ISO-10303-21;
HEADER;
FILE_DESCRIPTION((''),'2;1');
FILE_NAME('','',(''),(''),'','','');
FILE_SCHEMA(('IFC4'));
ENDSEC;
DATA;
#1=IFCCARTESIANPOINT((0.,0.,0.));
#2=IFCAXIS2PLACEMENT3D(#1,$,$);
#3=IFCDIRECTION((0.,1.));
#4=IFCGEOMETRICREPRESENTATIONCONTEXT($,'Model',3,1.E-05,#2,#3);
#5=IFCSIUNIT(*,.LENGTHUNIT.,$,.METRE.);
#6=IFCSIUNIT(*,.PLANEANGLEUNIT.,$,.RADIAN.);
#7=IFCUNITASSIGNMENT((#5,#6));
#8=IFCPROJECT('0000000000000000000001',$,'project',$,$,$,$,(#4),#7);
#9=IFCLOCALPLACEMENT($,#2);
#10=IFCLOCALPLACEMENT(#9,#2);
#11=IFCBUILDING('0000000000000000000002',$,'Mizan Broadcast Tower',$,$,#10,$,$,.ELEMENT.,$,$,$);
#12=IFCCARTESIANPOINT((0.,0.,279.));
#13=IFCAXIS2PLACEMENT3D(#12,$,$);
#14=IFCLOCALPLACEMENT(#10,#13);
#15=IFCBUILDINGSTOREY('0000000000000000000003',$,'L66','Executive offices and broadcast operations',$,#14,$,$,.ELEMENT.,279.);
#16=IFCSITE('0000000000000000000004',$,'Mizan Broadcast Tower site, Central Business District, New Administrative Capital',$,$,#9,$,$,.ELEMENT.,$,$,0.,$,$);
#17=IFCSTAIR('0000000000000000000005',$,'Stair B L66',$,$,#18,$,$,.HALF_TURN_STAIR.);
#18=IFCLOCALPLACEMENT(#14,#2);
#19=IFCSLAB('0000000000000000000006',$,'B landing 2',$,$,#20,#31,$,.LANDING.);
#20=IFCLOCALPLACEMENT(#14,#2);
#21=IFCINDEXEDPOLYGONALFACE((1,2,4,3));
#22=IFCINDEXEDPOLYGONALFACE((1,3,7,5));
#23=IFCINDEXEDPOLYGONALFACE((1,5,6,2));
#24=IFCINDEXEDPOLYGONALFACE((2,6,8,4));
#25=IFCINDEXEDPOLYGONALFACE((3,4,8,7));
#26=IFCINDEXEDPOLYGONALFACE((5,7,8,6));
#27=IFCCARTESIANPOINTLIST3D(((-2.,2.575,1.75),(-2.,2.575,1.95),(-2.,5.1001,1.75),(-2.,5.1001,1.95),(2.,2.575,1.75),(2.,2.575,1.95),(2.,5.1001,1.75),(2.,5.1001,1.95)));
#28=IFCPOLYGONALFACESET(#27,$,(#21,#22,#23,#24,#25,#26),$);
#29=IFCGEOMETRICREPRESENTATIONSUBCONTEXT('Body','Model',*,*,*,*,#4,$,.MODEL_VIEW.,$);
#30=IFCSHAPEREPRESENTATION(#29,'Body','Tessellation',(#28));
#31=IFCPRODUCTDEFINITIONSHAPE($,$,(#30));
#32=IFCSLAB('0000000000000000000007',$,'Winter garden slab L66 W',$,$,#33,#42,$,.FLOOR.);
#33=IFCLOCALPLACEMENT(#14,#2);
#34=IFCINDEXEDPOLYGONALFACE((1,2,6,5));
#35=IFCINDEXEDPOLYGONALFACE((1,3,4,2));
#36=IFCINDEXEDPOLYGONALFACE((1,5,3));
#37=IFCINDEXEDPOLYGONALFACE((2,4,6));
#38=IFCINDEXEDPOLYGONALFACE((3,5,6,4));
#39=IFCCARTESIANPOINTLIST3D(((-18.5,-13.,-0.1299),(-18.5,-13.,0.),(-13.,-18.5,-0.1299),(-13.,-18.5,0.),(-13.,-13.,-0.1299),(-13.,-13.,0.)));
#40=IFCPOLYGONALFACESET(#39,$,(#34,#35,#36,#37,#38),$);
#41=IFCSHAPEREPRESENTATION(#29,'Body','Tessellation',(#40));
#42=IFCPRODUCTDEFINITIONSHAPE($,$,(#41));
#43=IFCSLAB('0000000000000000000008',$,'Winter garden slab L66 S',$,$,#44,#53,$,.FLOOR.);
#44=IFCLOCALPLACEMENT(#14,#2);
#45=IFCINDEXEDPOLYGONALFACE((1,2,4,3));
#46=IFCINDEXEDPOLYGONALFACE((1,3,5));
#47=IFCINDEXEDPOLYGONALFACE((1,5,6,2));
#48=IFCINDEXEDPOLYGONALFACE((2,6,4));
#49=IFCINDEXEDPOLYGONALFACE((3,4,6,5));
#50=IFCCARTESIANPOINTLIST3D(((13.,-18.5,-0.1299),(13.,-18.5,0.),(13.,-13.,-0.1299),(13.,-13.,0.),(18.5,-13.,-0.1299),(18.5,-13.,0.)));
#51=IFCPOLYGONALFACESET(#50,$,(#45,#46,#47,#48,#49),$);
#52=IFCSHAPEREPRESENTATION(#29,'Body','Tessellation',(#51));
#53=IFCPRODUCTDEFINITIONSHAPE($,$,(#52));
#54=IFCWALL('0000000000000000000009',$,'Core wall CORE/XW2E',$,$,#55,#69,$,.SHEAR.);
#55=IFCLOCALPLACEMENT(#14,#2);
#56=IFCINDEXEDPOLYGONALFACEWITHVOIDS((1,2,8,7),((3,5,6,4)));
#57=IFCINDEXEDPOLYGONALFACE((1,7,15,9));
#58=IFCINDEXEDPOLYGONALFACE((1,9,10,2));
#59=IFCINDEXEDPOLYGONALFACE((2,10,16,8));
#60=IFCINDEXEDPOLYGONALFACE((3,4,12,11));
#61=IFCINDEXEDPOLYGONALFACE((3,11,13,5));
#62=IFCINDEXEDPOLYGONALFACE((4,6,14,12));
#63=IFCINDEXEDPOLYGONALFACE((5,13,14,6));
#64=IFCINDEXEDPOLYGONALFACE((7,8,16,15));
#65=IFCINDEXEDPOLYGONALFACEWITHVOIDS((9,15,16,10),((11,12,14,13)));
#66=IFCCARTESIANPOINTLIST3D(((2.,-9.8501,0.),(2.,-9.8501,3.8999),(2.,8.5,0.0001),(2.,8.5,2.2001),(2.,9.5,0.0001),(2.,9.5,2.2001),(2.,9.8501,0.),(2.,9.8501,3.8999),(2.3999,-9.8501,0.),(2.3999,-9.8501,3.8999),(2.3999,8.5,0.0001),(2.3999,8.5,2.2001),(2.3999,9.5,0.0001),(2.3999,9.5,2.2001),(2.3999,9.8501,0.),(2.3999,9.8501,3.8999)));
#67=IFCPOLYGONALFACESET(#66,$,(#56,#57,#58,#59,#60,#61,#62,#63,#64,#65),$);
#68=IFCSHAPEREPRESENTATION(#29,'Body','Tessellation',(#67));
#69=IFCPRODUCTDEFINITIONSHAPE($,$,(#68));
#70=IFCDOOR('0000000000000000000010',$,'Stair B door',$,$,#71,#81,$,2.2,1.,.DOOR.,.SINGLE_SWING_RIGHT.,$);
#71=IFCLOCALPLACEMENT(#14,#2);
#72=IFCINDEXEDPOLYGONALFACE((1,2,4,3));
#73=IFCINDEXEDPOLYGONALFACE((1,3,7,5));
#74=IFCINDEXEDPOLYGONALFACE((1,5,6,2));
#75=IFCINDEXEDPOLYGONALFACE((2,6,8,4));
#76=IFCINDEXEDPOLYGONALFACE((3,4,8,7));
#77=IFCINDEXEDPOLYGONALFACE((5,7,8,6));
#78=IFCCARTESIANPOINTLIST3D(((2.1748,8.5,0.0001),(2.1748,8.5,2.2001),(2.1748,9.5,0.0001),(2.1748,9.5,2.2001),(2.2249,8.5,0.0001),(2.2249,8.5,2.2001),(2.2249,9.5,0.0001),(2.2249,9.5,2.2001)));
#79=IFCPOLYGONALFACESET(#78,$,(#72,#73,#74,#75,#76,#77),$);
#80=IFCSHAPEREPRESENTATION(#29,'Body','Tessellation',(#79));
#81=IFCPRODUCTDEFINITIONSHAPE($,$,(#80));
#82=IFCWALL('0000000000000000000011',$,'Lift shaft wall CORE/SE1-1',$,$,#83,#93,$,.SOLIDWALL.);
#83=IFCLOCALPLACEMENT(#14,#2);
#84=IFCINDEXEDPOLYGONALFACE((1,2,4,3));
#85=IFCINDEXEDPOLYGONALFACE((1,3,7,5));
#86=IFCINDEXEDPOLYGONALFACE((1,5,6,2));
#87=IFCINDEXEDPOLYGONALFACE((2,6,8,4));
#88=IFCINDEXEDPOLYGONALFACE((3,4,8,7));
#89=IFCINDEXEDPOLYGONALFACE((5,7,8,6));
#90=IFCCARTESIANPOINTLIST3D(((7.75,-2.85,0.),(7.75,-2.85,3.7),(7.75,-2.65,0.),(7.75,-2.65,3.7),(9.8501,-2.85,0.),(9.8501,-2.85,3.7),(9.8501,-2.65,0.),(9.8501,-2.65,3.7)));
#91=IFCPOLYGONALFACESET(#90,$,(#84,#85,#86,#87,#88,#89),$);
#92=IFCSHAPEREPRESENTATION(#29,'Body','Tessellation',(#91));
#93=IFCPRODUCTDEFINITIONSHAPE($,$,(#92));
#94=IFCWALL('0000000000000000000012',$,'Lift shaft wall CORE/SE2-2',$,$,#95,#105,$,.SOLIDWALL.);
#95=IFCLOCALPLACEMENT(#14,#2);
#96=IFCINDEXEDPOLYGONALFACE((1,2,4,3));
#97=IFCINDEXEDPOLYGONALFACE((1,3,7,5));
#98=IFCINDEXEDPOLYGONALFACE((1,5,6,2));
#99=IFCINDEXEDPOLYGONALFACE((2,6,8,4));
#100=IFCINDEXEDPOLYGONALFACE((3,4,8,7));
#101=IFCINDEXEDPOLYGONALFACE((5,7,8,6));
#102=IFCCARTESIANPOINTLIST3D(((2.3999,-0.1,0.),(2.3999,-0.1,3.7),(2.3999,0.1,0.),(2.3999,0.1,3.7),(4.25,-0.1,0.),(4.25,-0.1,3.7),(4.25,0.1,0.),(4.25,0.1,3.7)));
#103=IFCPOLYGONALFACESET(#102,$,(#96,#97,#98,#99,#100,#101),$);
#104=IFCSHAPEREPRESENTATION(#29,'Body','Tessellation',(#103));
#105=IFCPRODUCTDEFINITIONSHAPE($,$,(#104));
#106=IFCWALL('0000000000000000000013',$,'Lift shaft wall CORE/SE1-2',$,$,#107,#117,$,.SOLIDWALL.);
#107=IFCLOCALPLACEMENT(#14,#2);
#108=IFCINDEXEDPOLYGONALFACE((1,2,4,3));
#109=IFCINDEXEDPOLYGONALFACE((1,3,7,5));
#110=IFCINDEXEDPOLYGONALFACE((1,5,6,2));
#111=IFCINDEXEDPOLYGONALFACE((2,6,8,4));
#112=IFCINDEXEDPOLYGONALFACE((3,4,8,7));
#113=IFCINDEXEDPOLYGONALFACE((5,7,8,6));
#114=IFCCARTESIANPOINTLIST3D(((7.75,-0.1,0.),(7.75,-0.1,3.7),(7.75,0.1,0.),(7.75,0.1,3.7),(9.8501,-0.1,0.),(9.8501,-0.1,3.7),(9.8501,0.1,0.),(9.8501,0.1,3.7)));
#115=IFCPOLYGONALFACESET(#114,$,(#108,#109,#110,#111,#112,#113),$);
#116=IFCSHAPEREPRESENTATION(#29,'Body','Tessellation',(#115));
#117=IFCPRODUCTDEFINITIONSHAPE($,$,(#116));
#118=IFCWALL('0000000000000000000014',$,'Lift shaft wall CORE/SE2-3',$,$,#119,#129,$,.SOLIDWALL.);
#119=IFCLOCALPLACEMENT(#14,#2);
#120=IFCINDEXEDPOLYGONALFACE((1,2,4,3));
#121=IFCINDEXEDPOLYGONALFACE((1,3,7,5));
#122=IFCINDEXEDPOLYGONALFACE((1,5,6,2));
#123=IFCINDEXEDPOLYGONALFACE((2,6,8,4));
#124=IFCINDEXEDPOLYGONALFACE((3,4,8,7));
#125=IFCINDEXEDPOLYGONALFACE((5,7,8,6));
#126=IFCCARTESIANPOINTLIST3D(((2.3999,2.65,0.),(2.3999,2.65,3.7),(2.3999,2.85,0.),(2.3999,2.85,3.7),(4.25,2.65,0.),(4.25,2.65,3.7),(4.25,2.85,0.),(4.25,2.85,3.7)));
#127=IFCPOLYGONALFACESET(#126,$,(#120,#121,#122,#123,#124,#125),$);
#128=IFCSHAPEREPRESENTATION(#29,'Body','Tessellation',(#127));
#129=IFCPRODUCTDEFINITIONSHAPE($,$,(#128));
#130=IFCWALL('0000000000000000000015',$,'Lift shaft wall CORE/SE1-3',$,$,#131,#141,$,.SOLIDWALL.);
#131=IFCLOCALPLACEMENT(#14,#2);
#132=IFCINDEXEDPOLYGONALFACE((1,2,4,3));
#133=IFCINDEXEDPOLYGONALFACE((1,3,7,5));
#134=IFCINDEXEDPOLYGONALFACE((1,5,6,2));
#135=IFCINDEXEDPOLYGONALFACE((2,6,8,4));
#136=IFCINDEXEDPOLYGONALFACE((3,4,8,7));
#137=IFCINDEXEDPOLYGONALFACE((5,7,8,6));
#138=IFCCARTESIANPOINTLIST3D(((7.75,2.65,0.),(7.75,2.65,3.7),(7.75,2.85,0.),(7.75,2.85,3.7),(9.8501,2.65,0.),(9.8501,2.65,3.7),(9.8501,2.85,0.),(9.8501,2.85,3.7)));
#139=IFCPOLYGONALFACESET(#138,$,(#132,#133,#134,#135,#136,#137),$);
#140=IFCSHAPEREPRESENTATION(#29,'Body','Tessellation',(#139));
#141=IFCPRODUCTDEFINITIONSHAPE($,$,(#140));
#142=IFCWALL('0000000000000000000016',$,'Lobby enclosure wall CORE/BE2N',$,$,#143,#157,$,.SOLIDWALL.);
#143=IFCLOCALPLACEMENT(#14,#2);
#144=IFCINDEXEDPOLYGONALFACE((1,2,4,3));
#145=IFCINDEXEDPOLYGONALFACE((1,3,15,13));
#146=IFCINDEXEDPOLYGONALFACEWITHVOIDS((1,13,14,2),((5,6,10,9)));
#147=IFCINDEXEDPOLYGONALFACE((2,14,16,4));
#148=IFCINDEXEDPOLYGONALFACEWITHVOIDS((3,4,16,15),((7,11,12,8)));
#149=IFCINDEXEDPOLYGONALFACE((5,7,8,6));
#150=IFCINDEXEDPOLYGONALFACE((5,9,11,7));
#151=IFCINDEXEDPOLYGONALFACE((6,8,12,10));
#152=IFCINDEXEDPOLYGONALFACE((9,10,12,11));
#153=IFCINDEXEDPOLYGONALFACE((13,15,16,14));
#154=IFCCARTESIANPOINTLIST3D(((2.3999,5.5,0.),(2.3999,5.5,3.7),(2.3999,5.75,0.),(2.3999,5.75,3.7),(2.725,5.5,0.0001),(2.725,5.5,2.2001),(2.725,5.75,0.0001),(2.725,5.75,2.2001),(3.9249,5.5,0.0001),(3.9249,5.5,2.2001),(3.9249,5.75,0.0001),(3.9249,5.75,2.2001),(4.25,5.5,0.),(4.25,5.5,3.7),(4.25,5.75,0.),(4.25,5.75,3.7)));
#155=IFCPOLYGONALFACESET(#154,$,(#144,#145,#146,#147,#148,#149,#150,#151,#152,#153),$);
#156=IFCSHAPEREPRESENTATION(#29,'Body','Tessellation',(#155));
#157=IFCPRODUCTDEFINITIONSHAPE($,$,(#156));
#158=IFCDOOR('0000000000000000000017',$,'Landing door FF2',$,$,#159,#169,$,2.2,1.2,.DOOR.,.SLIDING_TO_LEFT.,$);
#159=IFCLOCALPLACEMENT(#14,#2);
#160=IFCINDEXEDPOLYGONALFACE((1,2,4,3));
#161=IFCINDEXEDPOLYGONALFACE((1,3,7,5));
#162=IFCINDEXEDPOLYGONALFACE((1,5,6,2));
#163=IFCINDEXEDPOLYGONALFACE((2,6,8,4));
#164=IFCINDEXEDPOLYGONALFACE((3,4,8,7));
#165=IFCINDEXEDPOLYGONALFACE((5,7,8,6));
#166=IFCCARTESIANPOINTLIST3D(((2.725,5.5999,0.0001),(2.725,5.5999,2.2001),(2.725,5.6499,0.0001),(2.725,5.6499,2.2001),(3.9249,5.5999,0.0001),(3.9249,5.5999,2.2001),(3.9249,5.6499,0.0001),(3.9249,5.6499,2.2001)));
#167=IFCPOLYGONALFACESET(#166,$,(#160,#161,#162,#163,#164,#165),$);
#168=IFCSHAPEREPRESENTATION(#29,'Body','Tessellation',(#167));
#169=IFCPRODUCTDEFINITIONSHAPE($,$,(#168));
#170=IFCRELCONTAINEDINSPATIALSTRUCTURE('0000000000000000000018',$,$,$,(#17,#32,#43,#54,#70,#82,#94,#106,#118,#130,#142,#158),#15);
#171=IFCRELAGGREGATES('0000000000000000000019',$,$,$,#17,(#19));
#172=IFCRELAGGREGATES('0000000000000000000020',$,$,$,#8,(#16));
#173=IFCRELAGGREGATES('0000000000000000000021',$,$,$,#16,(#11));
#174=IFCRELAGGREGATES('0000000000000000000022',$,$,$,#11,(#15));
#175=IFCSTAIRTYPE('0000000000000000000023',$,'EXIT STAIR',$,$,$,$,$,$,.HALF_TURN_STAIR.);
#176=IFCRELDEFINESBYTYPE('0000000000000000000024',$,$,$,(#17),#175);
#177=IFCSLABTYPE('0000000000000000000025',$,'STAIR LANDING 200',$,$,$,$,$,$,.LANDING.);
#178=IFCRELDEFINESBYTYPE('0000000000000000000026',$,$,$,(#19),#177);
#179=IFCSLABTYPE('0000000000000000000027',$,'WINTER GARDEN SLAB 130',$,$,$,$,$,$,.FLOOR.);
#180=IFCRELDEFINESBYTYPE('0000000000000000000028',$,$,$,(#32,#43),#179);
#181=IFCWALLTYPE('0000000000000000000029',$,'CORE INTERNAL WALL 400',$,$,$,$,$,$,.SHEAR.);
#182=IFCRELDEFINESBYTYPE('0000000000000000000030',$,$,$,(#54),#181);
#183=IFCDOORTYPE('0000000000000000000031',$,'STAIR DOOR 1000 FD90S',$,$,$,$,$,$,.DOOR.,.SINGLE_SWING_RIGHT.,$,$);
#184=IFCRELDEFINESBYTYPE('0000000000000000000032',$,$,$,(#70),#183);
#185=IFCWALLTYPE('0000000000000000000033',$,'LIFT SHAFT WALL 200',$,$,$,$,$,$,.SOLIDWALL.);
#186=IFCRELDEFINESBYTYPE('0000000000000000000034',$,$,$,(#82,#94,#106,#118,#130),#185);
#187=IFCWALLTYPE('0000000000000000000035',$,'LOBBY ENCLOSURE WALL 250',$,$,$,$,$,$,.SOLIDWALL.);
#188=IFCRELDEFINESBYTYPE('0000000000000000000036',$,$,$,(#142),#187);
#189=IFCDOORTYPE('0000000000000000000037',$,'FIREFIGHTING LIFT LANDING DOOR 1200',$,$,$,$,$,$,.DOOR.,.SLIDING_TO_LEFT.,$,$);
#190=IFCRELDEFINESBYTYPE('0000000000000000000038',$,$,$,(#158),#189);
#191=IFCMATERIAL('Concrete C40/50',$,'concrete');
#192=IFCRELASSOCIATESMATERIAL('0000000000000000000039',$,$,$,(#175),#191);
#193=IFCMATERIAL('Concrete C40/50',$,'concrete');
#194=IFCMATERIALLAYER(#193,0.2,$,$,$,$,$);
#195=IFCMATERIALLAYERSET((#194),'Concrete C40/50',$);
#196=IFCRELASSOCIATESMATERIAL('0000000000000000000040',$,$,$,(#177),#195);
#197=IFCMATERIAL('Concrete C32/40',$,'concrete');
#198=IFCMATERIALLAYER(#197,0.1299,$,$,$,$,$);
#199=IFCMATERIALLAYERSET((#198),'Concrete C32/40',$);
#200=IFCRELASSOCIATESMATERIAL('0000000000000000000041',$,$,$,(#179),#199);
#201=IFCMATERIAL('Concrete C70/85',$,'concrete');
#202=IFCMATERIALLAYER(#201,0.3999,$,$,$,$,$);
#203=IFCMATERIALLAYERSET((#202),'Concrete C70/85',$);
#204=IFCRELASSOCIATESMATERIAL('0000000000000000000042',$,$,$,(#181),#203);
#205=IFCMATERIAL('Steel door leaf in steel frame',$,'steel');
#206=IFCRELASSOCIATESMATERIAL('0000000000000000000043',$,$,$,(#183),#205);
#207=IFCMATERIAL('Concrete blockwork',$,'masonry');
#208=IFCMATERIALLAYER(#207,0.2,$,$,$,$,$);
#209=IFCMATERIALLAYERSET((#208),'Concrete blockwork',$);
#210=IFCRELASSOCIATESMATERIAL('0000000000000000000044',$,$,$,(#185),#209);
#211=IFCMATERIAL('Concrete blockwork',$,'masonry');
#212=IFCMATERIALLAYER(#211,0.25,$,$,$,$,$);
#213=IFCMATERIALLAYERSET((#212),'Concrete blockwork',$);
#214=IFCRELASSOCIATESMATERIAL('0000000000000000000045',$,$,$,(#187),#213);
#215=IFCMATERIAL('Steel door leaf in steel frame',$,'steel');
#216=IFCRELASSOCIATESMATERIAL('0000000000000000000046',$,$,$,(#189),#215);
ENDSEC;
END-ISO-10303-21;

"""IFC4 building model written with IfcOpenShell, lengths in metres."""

from ifc_helpers import new_model, si_unit, direction, frame, frame_2d, origin, place, context, subcontext, project, spatial, polyline, rectangle, outline, extrude, material, layer, layer_set, type_object, element, fill, aggregate, save


model = new_model("IFC4")

# Units and contexts
model_context = context("Model", 3, precision=1e-05, world=origin(), true_north=direction((0.0, 1.0)))
body_context = subcontext(model_context, "Body", "Model", "MODEL_VIEW")
ifc_project = project(units=[si_unit("LENGTHUNIT", "METRE"), si_unit("PLANEANGLEUNIT", "RADIAN")], contexts=[model_context])

# Site, building, storey
site_placement = place(None, origin())
site = spatial("IfcSite", under=ifc_project, at=site_placement, Name="Mizan Broadcast Tower site, Central Business District, New Administrative Capital", CompositionType="ELEMENT", RefElevation=0.0)
building_placement = place(site_placement, origin())
building = spatial("IfcBuilding", under=site, at=building_placement, Name="Mizan Broadcast Tower", CompositionType="ELEMENT")
storey_placement = place(building_placement, frame((0.0, 0.0, 279.0)))
storey = spatial("IfcBuildingStorey", under=building, at=storey_placement, Name="L66", Description="Executive offices and broadcast operations", CompositionType="ELEMENT", Elevation=279.0)

# Stair, slab
ifc_material_1 = material(Name="Concrete C40/50", Category="concrete")
stair_type = type_object("IfcStairType", Name="EXIT STAIR", PredefinedType="HALF_TURN_STAIR", material=ifc_material_1)
ifc_material_2 = material(Name="Concrete C40/50", Category="concrete")
ifc_layer_1 = layer(ifc_material_2, 0.2)
ifc_layer_set_1 = layer_set([ifc_layer_1], Name="Concrete C40/50")
slab_type_1 = type_object("IfcSlabType", Name="STAIR LANDING 200", PredefinedType="LANDING", material=ifc_layer_set_1)
stair_1_placement = place(storey_placement, origin())
stair_1 = element("IfcStair", 1, at=stair_1_placement, inside=storey, type_object=stair_type, Name="Stair B L66", PredefinedType="HALF_TURN_STAIR")
slab_1_placement = place(storey_placement, frame((0.0, 0.0, 1.75)))
slab_1 = element("IfcSlab", 2, at=slab_1_placement, type_object=slab_type_1, Name="B landing 2", PredefinedType="LANDING", context=body_context, shape_type="SweptSolid", body=[
    extrude(outline(polyline([(2.0, 5.1001), (2.0, 2.575), (-2.0, 2.575), (-2.0, 5.1001), (2.0, 5.1001)])), origin(), (0.0, 0.0, 1.0), 0.2),
])

# Slabs
ifc_material_3 = material(Name="Concrete C32/40", Category="concrete")
ifc_layer_2 = layer(ifc_material_3, 0.1299)
ifc_layer_set_2 = layer_set([ifc_layer_2], Name="Concrete C32/40")
slab_type_2 = type_object("IfcSlabType", Name="WINTER GARDEN SLAB 130", PredefinedType="FLOOR", material=ifc_layer_set_2)
slab_2_placement = place(storey_placement, frame((0.0, 0.0, -0.1299)))
element("IfcSlab", 3, at=slab_2_placement, inside=storey, type_object=slab_type_2, Name="Winter garden slab L66 W", PredefinedType="FLOOR", context=body_context, shape_type="SweptSolid", body=[
    extrude(outline(polyline([(-13.0, -13.0), (-18.5, -13.0), (-13.0, -18.5), (-13.0, -13.0)])), origin(), (0.0, 0.0, 1.0), 0.1299),
])
slab_3_placement = place(storey_placement, frame((0.0, 0.0, -0.1299)))
element("IfcSlab", 4, at=slab_3_placement, inside=storey, type_object=slab_type_2, Name="Winter garden slab L66 S", PredefinedType="FLOOR", context=body_context, shape_type="SweptSolid", body=[
    extrude(outline(polyline([(13.0, -13.0), (13.0, -18.5), (18.5, -13.0), (13.0, -13.0)])), origin(), (0.0, 0.0, 1.0), 0.1299),
])

# Wall, opening, door
ifc_material_4 = material(Name="Concrete C70/85", Category="concrete")
ifc_layer_3 = layer(ifc_material_4, 0.3999)
ifc_layer_set_3 = layer_set([ifc_layer_3], Name="Concrete C70/85")
wall_type_1 = type_object("IfcWallType", Name="CORE INTERNAL WALL 400", PredefinedType="SHEAR", material=ifc_layer_set_3)
wall_1_placement = place(storey_placement, frame((2.2, 9.8501, 0.0), z_axis=(0.0, 0.0, 1.0), x_axis=(0.0, -1.0, 0.0)))
wall_1 = element("IfcWall", 5, at=wall_1_placement, inside=storey, type_object=wall_type_1, Name="Core wall CORE/XW2E", PredefinedType="SHEAR", context=body_context, shape_type="SweptSolid", body=[
    extrude(rectangle(XDim=19.7002, YDim=0.3999, at=frame_2d((9.8501, 0.0))), origin(), (0.0, 0.0, 1.0), 3.8999),
])
opening_1_placement = place(wall_1_placement, frame((0.3501, 0.0, 0.0)))
opening_1 = element("IfcOpeningElement", 6, at=opening_1_placement, cuts=wall_1, PredefinedType="OPENING", context=body_context, shape_type="SweptSolid", body=[
    extrude(rectangle(XDim=1.0, YDim=2.2, at=frame_2d((0.5, 1.1001))), frame((0.0, 0.21, 0.0), z_axis=(0.0, -1.0, 0.0), x_axis=(1.0, 0.0, 0.0)), (0.0, 0.0, 1.0), 0.4199),
])
ifc_material_5 = material(Name="Steel door leaf in steel frame", Category="steel")
door_type_1 = type_object("IfcDoorType", Name="STAIR DOOR 1000 FD90S", OperationType="SINGLE_SWING_RIGHT", PredefinedType="DOOR", material=ifc_material_5)
door_1_placement = place(opening_1_placement, origin())
door_1 = element("IfcDoor", 7, at=door_1_placement, inside=storey, type_object=door_type_1, Name="Stair B door", OperationType="SINGLE_SWING_RIGHT", OverallHeight=2.2, OverallWidth=1.0, PredefinedType="DOOR", context=body_context, shape_type="SweptSolid", body=[
    extrude(rectangle(XDim=1.0, YDim=2.2, at=frame_2d((0.5, 1.1001))), frame((0.0, 0.0249, 0.0), z_axis=(0.0, -1.0, 0.0), x_axis=(1.0, 0.0, 0.0)), (0.0, 0.0, 1.0), 0.05),
])
fill(opening_1, door_1)

# Walls
ifc_material_6 = material(Name="Concrete blockwork", Category="masonry")
ifc_layer_4 = layer(ifc_material_6, 0.2)
ifc_layer_set_4 = layer_set([ifc_layer_4], Name="Concrete blockwork")
wall_type_2 = type_object("IfcWallType", Name="LIFT SHAFT WALL 200", PredefinedType="SOLIDWALL", material=ifc_layer_set_4)
wall_2_placement = place(storey_placement, frame((7.75, -2.75, 0.0), z_axis=(0.0, 0.0, 1.0), x_axis=(1.0, 0.0, 0.0)))
element("IfcWall", 8, at=wall_2_placement, inside=storey, type_object=wall_type_2, Name="Lift shaft wall CORE/SE1-1", PredefinedType="SOLIDWALL", context=body_context, shape_type="SweptSolid", body=[
    extrude(rectangle(XDim=2.1001, YDim=0.2, at=frame_2d((1.05, 0.0))), origin(), (0.0, 0.0, 1.0), 3.7),
])
wall_3_placement = place(storey_placement, frame((2.3999, 0.0, 0.0), z_axis=(0.0, 0.0, 1.0), x_axis=(1.0, 0.0, 0.0)))
element("IfcWall", 9, at=wall_3_placement, inside=storey, type_object=wall_type_2, Name="Lift shaft wall CORE/SE2-2", PredefinedType="SOLIDWALL", context=body_context, shape_type="SweptSolid", body=[
    extrude(rectangle(XDim=1.8501, YDim=0.2, at=frame_2d((0.925, 0.0))), origin(), (0.0, 0.0, 1.0), 3.7),
])
wall_4_placement = place(storey_placement, frame((7.75, 0.0, 0.0), z_axis=(0.0, 0.0, 1.0), x_axis=(1.0, 0.0, 0.0)))
element("IfcWall", 10, at=wall_4_placement, inside=storey, type_object=wall_type_2, Name="Lift shaft wall CORE/SE1-2", PredefinedType="SOLIDWALL", context=body_context, shape_type="SweptSolid", body=[
    extrude(rectangle(XDim=2.1001, YDim=0.2, at=frame_2d((1.05, 0.0))), origin(), (0.0, 0.0, 1.0), 3.7),
])
wall_5_placement = place(storey_placement, frame((2.3999, 2.75, 0.0), z_axis=(0.0, 0.0, 1.0), x_axis=(1.0, 0.0, 0.0)))
element("IfcWall", 11, at=wall_5_placement, inside=storey, type_object=wall_type_2, Name="Lift shaft wall CORE/SE2-3", PredefinedType="SOLIDWALL", context=body_context, shape_type="SweptSolid", body=[
    extrude(rectangle(XDim=1.8501, YDim=0.2, at=frame_2d((0.925, 0.0))), origin(), (0.0, 0.0, 1.0), 3.7),
])
wall_6_placement = place(storey_placement, frame((7.75, 2.75, 0.0), z_axis=(0.0, 0.0, 1.0), x_axis=(1.0, 0.0, 0.0)))
element("IfcWall", 12, at=wall_6_placement, inside=storey, type_object=wall_type_2, Name="Lift shaft wall CORE/SE1-3", PredefinedType="SOLIDWALL", context=body_context, shape_type="SweptSolid", body=[
    extrude(rectangle(XDim=2.1001, YDim=0.2, at=frame_2d((1.05, 0.0))), origin(), (0.0, 0.0, 1.0), 3.7),
])

# Wall, opening, door
ifc_material_7 = material(Name="Concrete blockwork", Category="masonry")
ifc_layer_5 = layer(ifc_material_7, 0.25)
ifc_layer_set_5 = layer_set([ifc_layer_5], Name="Concrete blockwork")
wall_type_3 = type_object("IfcWallType", Name="LOBBY ENCLOSURE WALL 250", PredefinedType="SOLIDWALL", material=ifc_layer_set_5)
wall_7_placement = place(storey_placement, frame((2.3999, 5.625, 0.0), z_axis=(0.0, 0.0, 1.0), x_axis=(1.0, 0.0, 0.0)))
wall_7 = element("IfcWall", 13, at=wall_7_placement, inside=storey, type_object=wall_type_3, Name="Lobby enclosure wall CORE/BE2N", PredefinedType="SOLIDWALL", context=body_context, shape_type="SweptSolid", body=[
    extrude(rectangle(XDim=1.8501, YDim=0.25, at=frame_2d((0.925, 0.0))), origin(), (0.0, 0.0, 1.0), 3.7),
])
opening_2_placement = place(wall_7_placement, frame((0.325, 0.0, 0.0)))
opening_2 = element("IfcOpeningElement", 14, at=opening_2_placement, cuts=wall_7, PredefinedType="OPENING", context=body_context, shape_type="SweptSolid", body=[
    extrude(rectangle(XDim=1.2, YDim=2.2, at=frame_2d((0.6001, 1.1001))), frame((0.0, 0.135, 0.0), z_axis=(0.0, -1.0, 0.0), x_axis=(1.0, 0.0, 0.0)), (0.0, 0.0, 1.0), 0.27),
])
ifc_material_8 = material(Name="Steel door leaf in steel frame", Category="steel")
door_type_2 = type_object("IfcDoorType", Name="FIREFIGHTING LIFT LANDING DOOR 1200", OperationType="SLIDING_TO_LEFT", PredefinedType="DOOR", material=ifc_material_8)
door_2_placement = place(opening_2_placement, origin())
door_2 = element("IfcDoor", 15, at=door_2_placement, inside=storey, type_object=door_type_2, Name="Landing door FF2", OperationType="SLIDING_TO_LEFT", OverallHeight=2.2, OverallWidth=1.2, PredefinedType="DOOR", context=body_context, shape_type="SweptSolid", body=[
    extrude(rectangle(XDim=1.2, YDim=2.2, at=frame_2d((0.6001, 1.1001))), frame((0.0, 0.0249, 0.0), z_axis=(0.0, -1.0, 0.0), x_axis=(1.0, 0.0, 0.0)), (0.0, 0.0, 1.0), 0.05),
])
fill(opening_2, door_2)

aggregate(stair_1, [slab_1])

save(model, "model.ifc")
